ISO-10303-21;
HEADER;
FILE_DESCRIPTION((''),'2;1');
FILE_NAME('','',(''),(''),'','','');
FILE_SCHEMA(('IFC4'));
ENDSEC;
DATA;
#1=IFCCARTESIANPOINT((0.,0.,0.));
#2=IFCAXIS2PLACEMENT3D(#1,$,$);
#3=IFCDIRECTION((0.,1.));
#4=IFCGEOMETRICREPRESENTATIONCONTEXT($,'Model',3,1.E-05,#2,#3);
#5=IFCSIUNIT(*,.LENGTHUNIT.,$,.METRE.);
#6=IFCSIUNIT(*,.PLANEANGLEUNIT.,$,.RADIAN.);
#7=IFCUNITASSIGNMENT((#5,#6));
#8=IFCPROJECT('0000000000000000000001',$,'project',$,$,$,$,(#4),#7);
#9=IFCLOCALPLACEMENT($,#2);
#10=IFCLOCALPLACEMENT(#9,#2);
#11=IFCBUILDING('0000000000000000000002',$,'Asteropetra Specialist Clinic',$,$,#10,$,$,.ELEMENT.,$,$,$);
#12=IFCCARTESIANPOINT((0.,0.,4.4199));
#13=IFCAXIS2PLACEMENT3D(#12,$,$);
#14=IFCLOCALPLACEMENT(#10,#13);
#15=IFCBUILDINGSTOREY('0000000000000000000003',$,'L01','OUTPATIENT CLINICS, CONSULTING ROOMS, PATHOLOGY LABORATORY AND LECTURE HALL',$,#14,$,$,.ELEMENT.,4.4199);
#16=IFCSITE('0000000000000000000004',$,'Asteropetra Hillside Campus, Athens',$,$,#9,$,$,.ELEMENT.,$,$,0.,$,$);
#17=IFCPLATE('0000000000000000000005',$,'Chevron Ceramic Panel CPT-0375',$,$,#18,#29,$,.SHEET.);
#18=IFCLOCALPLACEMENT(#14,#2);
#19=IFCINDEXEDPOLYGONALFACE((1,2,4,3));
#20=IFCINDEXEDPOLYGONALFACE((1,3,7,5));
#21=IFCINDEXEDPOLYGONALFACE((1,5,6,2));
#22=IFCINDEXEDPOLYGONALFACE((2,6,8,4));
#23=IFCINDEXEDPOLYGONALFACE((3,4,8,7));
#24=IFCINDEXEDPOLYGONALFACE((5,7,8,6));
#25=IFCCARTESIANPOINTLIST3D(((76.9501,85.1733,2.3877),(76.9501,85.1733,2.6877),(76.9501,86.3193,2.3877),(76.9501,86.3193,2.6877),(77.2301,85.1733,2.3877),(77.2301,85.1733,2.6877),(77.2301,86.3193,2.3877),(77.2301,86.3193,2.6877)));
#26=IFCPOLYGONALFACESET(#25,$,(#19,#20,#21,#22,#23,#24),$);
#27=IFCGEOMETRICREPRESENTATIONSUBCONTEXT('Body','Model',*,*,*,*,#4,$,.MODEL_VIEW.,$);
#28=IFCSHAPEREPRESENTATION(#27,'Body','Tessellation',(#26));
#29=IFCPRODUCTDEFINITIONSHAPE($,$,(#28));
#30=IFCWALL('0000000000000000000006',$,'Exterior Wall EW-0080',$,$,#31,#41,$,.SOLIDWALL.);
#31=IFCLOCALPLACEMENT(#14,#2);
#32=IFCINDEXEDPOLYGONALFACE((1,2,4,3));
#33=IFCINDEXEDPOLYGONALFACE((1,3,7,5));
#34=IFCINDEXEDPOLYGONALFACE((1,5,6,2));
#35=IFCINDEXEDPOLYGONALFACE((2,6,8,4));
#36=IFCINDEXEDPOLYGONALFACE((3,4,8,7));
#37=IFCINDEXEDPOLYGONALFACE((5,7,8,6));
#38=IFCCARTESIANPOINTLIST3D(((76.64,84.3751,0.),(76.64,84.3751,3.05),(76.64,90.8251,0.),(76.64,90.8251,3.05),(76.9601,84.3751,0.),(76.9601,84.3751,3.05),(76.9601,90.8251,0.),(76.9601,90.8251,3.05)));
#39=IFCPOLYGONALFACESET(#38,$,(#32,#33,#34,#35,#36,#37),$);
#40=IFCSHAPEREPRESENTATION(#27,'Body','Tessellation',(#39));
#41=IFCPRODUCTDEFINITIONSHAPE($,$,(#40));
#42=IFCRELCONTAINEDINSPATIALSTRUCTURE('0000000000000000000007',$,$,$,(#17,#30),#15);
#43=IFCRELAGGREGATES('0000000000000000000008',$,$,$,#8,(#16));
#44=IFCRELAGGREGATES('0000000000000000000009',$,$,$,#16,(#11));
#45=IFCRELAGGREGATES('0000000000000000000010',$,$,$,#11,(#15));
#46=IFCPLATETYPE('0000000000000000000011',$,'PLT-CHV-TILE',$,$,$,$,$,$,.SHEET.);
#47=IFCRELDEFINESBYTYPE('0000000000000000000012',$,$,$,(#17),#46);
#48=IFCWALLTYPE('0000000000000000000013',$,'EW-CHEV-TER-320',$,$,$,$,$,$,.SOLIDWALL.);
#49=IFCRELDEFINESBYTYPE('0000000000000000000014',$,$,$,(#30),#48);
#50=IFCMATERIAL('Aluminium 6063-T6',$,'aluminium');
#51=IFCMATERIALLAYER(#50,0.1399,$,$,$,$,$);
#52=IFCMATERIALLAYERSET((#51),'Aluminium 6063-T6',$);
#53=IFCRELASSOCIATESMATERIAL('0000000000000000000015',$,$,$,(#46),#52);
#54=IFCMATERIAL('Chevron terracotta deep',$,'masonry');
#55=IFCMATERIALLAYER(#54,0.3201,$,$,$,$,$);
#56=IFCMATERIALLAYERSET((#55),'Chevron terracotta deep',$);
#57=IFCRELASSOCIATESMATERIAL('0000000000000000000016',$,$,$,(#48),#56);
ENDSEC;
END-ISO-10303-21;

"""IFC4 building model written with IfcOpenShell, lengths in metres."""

from ifc_helpers import new_model, si_unit, direction, frame, frame_2d, origin, origin_2d, place, context, subcontext, project, spatial, rectangle, extrude, material, layer, layer_set, type_object, element, save


model = new_model("IFC4")

# Units and contexts
model_context = context("Model", 3, precision=1e-05, world=origin(), true_north=direction((0.0, 1.0)))
body_context = subcontext(model_context, "Body", "Model", "MODEL_VIEW")
ifc_project = project(units=[si_unit("LENGTHUNIT", "METRE"), si_unit("PLANEANGLEUNIT", "RADIAN")], contexts=[model_context])

# Site, building, storey
site_placement = place(None, origin())
site = spatial("IfcSite", under=ifc_project, at=site_placement, Name="Asteropetra Hillside Campus, Athens", CompositionType="ELEMENT", RefElevation=0.0)
building_placement = place(site_placement, origin())
building = spatial("IfcBuilding", under=site, at=building_placement, Name="Asteropetra Specialist Clinic", CompositionType="ELEMENT")
storey_placement = place(building_placement, frame((0.0, 0.0, 4.4199)))
storey = spatial("IfcBuildingStorey", under=building, at=storey_placement, Name="L01", Description="OUTPATIENT CLINICS, CONSULTING ROOMS, PATHOLOGY LABORATORY AND LECTURE HALL", CompositionType="ELEMENT", Elevation=4.4199)

# Plate
ifc_material_1 = material(Name="Aluminium 6063-T6", Category="aluminium")
ifc_layer_1 = layer(ifc_material_1, 0.1399)
ifc_layer_set_1 = layer_set([ifc_layer_1], Name="Aluminium 6063-T6")
plate_type_1 = type_object("IfcPlateType", Name="PLT-CHV-TILE", PredefinedType="SHEET", material=ifc_layer_set_1)
for number, where, z_axis, x_axis, name in (
    (1, (77.0901, 85.7463, 2.3877), (0.0, 0.0, 1.0), (1.0, 0.0, 0.0), "Chevron Ceramic Panel CPT-0375"),
):
    element("IfcPlate", number, at=place(storey_placement, frame(where, z_axis=z_axis, x_axis=x_axis)), inside=storey, type_object=plate_type_1, Name=name, PredefinedType="SHEET", context=body_context, shape_type="SweptSolid", body=[
        extrude(rectangle(XDim=0.28, YDim=1.146, at=origin_2d()), origin(), (0.0, 0.0, 1.0), 0.3),
    ])

# Wall
ifc_material_2 = material(Name="Chevron terracotta deep", Category="masonry")
ifc_layer_2 = layer(ifc_material_2, 0.3201)
ifc_layer_set_2 = layer_set([ifc_layer_2], Name="Chevron terracotta deep")
wall_type = type_object("IfcWallType", Name="EW-CHEV-TER-320", PredefinedType="SOLIDWALL", material=ifc_layer_set_2)
wall_placement = place(storey_placement, frame((76.8, 84.375, 0.0), z_axis=(0.0, 0.0, 1.0), x_axis=(0.0, 1.0, 0.0)))
element("IfcWall", 2, at=wall_placement, inside=storey, type_object=wall_type, Name="Exterior Wall EW-0080", PredefinedType="SOLIDWALL", context=body_context, shape_type="SweptSolid", body=[
    extrude(rectangle(XDim=6.45, YDim=0.3201, at=frame_2d((3.2251, 0.0))), origin(), (0.0, 0.0, 1.0), 3.05),
])

save(model, "model.ifc")
